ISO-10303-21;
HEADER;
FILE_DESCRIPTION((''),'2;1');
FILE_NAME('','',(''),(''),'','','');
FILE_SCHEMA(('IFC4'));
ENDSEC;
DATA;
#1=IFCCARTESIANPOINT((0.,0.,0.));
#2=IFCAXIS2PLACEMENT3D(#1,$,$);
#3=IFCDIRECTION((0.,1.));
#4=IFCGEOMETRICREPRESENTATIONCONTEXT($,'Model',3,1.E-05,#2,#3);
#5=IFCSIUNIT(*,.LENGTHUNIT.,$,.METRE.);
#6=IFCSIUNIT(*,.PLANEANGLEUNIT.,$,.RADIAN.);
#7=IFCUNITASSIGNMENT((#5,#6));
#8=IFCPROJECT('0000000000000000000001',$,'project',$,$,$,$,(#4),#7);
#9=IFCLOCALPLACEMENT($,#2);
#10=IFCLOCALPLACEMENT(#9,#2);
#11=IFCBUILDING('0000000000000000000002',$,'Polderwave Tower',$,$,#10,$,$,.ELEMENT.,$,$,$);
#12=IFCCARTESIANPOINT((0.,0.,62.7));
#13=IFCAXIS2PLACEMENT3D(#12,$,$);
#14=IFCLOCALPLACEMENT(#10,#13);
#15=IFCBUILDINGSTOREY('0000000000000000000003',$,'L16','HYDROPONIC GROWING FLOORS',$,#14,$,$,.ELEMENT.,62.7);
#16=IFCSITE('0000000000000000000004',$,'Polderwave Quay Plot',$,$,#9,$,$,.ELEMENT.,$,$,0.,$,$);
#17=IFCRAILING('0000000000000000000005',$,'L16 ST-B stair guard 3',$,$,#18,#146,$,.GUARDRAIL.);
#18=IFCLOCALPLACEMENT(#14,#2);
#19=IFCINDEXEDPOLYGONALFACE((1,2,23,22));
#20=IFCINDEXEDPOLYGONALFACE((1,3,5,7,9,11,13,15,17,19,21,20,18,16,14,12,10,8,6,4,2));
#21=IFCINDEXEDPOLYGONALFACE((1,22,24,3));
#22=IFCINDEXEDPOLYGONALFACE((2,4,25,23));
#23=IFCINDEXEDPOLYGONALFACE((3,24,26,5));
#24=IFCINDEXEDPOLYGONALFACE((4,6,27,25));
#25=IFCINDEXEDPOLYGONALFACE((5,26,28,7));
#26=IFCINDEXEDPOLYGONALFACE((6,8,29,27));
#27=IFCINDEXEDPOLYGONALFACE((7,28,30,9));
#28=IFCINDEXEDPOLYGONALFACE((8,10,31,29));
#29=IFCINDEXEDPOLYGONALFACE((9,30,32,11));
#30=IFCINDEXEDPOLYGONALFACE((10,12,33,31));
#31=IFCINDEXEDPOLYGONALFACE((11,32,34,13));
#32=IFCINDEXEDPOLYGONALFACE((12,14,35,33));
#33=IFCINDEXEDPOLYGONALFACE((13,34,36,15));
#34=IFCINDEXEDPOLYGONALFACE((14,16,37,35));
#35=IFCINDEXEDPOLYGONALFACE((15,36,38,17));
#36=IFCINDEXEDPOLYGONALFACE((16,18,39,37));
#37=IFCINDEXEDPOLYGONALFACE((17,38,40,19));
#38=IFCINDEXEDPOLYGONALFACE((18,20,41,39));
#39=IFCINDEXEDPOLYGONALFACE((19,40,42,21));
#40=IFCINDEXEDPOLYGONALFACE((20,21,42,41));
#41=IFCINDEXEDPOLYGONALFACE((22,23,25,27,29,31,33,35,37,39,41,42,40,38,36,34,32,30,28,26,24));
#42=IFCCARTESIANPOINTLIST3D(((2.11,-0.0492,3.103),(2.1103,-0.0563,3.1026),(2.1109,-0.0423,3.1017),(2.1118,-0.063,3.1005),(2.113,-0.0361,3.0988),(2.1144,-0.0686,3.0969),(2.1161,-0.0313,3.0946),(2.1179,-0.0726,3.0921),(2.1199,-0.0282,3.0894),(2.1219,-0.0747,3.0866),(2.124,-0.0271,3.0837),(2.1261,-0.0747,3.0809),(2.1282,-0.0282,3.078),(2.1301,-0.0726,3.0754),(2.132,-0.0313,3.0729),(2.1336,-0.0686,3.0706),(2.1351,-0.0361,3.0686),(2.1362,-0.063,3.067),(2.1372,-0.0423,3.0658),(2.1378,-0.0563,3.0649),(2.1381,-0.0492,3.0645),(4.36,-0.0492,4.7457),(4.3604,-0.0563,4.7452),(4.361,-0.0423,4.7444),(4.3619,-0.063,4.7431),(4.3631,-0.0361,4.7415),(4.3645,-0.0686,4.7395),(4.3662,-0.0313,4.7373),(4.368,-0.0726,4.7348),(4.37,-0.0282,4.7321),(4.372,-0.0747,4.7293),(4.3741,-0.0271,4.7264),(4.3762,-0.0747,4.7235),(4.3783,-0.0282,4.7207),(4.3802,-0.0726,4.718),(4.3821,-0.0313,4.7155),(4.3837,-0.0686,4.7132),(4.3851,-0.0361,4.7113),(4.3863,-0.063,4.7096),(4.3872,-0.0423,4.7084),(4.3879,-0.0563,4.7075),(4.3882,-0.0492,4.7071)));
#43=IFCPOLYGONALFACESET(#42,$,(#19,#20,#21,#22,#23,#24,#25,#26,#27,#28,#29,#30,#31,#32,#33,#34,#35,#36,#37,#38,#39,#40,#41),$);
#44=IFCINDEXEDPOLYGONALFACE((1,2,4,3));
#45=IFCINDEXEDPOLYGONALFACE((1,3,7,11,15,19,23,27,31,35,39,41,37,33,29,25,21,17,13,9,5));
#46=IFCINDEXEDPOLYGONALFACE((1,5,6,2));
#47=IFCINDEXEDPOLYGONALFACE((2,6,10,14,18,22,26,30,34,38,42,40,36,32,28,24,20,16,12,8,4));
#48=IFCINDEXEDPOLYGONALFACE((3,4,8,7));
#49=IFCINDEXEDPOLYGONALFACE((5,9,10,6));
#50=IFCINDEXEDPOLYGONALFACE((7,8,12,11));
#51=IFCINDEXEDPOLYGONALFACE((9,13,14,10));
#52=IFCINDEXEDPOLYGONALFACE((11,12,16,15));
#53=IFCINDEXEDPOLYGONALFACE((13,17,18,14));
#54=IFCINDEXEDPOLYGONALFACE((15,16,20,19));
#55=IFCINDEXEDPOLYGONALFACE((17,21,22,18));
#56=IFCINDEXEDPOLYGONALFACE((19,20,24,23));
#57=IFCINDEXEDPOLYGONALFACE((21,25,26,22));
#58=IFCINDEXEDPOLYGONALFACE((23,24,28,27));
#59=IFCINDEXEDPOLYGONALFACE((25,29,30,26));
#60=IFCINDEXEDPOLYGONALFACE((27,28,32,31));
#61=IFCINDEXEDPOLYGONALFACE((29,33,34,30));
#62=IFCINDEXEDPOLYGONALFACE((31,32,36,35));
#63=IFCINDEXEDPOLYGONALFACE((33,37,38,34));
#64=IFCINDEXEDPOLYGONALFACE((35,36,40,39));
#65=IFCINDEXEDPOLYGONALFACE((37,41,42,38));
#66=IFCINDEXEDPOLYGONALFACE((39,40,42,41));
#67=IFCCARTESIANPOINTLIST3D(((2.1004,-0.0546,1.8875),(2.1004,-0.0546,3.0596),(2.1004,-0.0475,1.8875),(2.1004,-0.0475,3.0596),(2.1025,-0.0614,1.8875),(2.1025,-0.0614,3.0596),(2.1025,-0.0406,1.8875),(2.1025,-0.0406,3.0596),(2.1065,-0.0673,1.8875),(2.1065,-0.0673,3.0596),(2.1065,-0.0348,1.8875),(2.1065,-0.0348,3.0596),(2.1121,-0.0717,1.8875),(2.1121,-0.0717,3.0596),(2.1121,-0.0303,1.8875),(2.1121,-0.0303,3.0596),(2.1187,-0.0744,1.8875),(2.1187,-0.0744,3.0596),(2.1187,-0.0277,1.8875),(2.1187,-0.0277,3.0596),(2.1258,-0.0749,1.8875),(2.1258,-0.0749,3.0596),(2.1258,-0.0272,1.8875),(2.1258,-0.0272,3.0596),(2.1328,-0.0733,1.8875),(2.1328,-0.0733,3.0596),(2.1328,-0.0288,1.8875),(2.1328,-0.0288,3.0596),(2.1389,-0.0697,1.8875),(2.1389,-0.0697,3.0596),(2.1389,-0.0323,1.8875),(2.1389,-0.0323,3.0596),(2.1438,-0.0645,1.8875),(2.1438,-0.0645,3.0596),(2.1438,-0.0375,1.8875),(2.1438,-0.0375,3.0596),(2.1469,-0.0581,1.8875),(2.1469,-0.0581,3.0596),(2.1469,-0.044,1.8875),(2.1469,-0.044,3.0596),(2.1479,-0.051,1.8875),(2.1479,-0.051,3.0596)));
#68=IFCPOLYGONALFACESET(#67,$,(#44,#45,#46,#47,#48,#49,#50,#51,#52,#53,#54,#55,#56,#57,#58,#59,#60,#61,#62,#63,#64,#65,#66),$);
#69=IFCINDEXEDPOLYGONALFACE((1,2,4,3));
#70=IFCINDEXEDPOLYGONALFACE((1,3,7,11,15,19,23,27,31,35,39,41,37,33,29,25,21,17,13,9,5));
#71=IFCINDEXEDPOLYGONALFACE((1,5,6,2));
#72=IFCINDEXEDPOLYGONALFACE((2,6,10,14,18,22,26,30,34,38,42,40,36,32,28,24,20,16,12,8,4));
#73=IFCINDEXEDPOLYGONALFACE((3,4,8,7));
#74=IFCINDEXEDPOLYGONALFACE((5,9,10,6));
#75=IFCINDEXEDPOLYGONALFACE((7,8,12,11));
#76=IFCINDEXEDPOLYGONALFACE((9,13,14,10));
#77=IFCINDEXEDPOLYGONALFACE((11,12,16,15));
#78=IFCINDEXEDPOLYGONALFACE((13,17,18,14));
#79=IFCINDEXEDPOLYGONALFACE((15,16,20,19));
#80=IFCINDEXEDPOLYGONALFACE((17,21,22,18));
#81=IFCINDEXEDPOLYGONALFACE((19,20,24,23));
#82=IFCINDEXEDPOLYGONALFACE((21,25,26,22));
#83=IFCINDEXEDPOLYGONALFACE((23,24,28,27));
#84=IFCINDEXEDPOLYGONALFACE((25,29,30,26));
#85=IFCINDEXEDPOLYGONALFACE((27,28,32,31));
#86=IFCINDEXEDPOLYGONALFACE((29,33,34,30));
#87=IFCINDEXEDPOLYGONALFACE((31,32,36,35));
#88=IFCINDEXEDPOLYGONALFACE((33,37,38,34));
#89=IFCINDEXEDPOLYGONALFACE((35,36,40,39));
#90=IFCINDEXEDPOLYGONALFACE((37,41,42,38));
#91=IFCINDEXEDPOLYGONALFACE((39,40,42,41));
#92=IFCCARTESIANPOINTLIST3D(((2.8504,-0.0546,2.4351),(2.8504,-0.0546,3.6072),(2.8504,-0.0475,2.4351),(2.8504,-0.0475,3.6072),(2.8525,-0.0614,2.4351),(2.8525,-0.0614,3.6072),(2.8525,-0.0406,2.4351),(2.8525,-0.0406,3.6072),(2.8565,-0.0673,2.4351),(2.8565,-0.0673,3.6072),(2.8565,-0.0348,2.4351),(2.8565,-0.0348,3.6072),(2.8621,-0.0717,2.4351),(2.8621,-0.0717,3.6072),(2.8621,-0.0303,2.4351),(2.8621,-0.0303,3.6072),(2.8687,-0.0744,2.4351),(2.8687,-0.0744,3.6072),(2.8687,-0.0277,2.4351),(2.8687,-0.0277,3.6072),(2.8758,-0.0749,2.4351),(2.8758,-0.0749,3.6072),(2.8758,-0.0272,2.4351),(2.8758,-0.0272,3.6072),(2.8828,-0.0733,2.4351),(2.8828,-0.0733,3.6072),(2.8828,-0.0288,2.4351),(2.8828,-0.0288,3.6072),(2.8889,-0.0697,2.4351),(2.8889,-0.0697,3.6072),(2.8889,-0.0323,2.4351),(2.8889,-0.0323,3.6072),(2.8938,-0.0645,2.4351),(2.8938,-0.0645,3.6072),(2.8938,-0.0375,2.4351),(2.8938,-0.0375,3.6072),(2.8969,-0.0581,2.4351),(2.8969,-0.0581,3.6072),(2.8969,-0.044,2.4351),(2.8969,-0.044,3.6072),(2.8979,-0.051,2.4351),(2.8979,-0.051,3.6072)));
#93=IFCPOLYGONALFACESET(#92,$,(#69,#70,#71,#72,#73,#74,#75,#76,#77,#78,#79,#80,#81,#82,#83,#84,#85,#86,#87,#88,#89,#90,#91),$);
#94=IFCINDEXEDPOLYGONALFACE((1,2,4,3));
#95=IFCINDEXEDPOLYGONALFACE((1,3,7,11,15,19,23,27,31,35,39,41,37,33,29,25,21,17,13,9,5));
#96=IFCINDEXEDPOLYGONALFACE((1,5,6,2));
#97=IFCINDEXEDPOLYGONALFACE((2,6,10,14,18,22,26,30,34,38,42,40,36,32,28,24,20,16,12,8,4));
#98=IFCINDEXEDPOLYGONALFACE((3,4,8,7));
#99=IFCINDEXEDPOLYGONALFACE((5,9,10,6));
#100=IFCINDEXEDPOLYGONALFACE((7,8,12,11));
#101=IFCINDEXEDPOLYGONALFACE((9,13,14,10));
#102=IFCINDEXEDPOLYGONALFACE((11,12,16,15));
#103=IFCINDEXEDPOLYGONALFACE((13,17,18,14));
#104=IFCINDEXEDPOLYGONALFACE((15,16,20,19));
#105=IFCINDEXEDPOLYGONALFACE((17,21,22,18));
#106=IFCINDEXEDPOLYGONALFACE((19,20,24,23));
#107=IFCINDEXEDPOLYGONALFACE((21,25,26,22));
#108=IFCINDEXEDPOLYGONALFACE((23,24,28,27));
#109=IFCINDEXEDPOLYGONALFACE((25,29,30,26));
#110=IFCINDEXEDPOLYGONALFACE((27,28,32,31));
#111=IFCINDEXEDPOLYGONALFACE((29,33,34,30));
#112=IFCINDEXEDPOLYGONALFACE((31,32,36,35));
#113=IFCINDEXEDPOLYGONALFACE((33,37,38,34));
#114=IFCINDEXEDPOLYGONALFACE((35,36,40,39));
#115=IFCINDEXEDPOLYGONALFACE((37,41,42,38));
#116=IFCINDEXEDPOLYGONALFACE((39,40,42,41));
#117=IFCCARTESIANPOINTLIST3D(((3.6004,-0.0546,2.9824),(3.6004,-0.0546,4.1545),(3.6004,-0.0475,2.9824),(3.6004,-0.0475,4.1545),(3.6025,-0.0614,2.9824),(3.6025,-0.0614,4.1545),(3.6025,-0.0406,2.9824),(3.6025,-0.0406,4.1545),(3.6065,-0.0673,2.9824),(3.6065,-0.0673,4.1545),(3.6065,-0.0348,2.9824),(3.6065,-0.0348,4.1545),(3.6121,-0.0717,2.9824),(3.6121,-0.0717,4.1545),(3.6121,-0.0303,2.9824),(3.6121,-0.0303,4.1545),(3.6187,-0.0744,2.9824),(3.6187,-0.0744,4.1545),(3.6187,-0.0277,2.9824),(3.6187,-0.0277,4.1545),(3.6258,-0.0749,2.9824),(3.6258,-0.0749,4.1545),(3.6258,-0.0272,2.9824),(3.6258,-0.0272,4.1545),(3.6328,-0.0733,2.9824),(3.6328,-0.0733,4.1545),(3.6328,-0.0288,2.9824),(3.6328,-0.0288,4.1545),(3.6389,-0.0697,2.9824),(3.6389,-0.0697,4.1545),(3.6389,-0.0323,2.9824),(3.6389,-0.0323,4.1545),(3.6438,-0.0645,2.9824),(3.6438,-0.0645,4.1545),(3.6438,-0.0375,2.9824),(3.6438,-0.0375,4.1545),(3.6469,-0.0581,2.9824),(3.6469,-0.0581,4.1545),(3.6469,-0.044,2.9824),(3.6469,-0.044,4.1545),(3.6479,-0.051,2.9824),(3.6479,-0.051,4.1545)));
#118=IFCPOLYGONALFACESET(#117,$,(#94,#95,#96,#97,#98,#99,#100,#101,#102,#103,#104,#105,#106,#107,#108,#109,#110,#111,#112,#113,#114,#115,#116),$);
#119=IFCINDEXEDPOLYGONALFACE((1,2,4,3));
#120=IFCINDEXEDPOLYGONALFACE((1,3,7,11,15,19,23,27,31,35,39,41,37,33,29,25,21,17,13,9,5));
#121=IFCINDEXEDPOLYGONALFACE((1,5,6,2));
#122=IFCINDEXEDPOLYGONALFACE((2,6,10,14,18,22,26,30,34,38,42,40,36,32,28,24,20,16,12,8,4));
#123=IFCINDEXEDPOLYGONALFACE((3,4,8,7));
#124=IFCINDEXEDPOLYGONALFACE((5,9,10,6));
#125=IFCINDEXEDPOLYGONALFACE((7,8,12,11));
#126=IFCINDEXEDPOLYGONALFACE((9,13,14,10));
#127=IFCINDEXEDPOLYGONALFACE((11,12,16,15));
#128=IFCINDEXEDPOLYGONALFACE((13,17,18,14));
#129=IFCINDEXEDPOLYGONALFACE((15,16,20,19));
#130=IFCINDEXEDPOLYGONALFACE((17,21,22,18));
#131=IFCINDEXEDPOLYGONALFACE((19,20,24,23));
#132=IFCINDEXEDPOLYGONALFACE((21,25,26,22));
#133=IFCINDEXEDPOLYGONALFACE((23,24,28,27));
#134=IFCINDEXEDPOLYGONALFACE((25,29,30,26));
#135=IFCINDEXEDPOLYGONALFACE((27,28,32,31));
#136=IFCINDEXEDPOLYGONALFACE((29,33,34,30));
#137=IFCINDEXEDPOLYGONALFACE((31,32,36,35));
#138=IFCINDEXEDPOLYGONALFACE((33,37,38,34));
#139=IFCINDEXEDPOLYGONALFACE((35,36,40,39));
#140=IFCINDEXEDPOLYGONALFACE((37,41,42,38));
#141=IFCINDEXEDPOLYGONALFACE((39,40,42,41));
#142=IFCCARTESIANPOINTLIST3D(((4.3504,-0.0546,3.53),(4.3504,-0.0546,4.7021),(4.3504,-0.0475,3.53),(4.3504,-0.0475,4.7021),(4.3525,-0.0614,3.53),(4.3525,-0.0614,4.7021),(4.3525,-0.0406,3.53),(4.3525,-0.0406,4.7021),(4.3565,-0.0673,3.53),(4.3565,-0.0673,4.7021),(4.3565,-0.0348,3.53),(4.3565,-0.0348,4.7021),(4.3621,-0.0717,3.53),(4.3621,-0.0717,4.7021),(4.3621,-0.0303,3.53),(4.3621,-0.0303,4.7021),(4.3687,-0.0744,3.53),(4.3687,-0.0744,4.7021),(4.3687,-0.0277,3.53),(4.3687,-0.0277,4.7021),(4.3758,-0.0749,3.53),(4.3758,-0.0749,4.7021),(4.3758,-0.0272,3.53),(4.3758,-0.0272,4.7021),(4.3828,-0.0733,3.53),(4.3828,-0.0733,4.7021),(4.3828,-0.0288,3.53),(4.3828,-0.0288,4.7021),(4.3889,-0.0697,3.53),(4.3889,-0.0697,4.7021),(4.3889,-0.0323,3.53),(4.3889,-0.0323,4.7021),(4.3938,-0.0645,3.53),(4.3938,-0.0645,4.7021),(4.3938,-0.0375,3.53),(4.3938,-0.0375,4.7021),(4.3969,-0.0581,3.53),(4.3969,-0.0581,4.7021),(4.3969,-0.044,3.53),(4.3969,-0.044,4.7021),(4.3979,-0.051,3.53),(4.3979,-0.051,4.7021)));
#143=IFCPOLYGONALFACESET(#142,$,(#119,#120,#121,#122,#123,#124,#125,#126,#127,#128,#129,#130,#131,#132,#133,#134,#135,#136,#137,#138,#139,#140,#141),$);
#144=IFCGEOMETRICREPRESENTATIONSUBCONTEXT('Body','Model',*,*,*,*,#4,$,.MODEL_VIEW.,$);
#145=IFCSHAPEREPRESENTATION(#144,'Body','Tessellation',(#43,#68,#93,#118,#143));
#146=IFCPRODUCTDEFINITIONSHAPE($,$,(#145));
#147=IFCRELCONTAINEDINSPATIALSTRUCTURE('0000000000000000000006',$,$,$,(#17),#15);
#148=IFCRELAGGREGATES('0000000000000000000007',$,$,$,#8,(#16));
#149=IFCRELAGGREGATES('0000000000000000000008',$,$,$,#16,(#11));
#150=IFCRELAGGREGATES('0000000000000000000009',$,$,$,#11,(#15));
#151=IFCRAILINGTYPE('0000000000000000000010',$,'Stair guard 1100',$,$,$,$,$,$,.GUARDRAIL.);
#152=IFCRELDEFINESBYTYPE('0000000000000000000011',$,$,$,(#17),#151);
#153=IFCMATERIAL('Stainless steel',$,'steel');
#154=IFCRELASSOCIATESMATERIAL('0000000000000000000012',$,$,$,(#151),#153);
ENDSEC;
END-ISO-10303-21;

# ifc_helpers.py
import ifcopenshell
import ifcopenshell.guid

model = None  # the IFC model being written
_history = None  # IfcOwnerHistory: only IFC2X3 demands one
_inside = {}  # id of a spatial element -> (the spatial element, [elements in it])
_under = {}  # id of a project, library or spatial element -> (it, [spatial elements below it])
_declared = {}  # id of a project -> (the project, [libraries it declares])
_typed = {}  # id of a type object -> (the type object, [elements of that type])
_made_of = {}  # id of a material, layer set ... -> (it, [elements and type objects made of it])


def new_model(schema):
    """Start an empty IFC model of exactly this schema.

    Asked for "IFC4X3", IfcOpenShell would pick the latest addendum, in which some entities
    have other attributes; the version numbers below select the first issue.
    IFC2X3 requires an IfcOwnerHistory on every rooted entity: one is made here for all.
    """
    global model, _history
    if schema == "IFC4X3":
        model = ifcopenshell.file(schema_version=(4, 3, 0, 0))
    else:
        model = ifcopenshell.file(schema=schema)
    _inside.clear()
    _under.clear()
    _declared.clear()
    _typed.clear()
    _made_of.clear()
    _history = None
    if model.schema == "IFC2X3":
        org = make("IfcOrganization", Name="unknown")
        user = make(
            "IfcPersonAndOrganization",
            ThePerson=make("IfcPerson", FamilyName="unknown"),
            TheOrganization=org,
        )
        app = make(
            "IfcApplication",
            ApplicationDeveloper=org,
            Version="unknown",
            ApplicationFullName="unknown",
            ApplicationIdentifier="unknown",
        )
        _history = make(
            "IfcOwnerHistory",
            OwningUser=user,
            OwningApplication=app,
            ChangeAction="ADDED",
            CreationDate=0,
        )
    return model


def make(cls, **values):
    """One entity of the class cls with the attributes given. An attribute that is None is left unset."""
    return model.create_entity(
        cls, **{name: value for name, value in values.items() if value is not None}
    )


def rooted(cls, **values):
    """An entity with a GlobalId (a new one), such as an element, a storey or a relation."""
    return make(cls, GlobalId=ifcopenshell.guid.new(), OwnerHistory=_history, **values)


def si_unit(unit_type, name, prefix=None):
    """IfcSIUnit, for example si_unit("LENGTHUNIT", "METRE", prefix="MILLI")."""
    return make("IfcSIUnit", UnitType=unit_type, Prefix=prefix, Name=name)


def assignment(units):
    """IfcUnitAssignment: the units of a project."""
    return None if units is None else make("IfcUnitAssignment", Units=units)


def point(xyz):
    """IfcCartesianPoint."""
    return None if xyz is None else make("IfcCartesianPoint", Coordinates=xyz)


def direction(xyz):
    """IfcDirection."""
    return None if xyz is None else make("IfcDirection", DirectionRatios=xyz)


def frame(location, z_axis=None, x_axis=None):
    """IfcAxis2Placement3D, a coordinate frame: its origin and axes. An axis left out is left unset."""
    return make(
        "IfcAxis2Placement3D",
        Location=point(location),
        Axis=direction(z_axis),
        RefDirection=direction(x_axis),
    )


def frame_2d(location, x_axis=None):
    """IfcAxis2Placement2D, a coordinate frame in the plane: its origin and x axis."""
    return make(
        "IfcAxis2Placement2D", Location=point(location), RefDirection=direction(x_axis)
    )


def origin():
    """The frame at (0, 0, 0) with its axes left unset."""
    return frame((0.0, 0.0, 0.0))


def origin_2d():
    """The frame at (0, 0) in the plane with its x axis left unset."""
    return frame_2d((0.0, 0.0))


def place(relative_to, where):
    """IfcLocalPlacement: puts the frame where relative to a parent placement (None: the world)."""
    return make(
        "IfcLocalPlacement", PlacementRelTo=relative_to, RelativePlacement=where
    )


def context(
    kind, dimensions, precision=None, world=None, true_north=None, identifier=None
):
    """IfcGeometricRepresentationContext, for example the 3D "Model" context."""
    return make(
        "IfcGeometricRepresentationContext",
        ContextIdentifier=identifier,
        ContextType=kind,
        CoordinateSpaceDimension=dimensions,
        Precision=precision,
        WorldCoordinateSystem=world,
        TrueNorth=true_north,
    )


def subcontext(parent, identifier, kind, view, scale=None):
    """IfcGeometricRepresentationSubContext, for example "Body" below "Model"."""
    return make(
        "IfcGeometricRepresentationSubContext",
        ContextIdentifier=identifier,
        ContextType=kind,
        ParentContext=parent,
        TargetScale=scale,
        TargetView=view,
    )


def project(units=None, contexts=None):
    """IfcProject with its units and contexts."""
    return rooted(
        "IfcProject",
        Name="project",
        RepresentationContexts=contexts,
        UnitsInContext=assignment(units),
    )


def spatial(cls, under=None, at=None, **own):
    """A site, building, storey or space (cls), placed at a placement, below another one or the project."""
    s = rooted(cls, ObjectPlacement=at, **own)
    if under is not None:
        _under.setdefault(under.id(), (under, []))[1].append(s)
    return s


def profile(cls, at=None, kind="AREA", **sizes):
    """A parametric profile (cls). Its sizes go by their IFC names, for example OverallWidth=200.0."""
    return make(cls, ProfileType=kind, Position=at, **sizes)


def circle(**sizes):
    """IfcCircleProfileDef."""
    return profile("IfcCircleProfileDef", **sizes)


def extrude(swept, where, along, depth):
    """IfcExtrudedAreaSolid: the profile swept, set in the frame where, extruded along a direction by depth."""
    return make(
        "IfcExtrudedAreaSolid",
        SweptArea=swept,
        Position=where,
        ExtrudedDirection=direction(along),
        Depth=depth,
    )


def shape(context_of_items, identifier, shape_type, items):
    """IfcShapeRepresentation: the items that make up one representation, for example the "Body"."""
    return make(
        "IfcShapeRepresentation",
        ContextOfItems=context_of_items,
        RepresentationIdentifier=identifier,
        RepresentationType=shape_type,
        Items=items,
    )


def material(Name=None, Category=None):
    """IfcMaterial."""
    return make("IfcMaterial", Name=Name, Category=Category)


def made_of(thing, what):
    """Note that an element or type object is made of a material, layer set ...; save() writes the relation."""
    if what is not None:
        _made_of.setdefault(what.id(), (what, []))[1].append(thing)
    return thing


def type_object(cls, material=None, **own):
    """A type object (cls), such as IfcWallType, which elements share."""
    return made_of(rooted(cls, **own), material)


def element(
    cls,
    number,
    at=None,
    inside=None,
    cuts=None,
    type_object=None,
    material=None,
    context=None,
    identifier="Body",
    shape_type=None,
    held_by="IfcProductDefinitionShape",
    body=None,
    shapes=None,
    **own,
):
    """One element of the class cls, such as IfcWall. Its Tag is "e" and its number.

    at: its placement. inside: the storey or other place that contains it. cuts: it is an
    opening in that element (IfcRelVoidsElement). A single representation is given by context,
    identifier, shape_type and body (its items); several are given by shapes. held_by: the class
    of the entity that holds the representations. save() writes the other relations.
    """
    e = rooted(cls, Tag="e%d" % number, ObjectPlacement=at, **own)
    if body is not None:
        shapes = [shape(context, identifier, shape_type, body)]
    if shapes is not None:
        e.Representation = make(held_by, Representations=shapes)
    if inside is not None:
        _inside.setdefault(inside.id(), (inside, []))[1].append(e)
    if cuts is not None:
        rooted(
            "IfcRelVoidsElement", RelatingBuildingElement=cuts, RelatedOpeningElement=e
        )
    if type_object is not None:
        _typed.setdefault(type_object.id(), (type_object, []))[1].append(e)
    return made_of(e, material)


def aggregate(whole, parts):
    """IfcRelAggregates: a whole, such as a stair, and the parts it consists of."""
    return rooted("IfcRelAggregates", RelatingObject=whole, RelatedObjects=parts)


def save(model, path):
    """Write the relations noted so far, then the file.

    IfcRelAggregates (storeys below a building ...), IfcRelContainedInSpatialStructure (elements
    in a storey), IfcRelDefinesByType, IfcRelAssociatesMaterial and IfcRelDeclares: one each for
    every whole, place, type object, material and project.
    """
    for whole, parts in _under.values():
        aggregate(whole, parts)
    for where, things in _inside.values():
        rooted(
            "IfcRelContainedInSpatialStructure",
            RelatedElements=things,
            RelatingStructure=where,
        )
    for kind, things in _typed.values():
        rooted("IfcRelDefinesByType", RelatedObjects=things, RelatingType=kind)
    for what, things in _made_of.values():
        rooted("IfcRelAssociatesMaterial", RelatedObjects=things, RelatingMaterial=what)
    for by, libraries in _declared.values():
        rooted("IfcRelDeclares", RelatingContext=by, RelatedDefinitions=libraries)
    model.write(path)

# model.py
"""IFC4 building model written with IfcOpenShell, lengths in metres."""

from ifc_helpers import new_model, si_unit, direction, frame, origin, origin_2d, place, context, subcontext, project, spatial, circle, extrude, material, type_object, element, save


model = new_model("IFC4")

# Units and contexts
model_context = context("Model", 3, precision=1e-05, world=origin(), true_north=direction((0.0, 1.0)))
body_context = subcontext(model_context, "Body", "Model", "MODEL_VIEW")
ifc_project = project(units=[si_unit("LENGTHUNIT", "METRE"), si_unit("PLANEANGLEUNIT", "RADIAN")], contexts=[model_context])

# Site, building, storey
site_placement = place(None, origin())
site = spatial("IfcSite", under=ifc_project, at=site_placement, Name="Polderwave Quay Plot", CompositionType="ELEMENT", RefElevation=0.0)
building_placement = place(site_placement, origin())
building = spatial("IfcBuilding", under=site, at=building_placement, Name="Polderwave Tower", CompositionType="ELEMENT")
storey_placement = place(building_placement, frame((0.0, 0.0, 62.7)))
storey = spatial("IfcBuildingStorey", under=building, at=storey_placement, Name="L16", Description="HYDROPONIC GROWING FLOORS", CompositionType="ELEMENT", Elevation=62.7)

# Railing
ifc_material_1 = material(Name="Stainless steel", Category="steel")
railing_type_1 = type_object("IfcRailingType", Name="Stair guard 1100", PredefinedType="GUARDRAIL", material=ifc_material_1)
railing_1_placement = place(storey_placement, frame((2.124, -0.051, 1.8875)))
element("IfcRailing", 1, at=railing_1_placement, inside=storey, type_object=railing_type_1, Name="L16 ST-B stair guard 3", PredefinedType="GUARDRAIL", context=body_context, shape_type="SweptSolid", body=[
    extrude(circle(Radius=0.0239, at=origin_2d()), frame((0.0, 0.0, 1.1963), z_axis=(0.807674, 0.0, 0.58963), x_axis=(0.0, 1.0, 0.0)), (0.0, 0.0, 1.0), 2.7859),
    extrude(circle(Radius=0.0239, at=origin_2d()), origin(), (0.0, 0.0, 1.0), 1.1721),
    extrude(circle(Radius=0.0239, at=origin_2d()), frame((0.75, 0.0, 0.5476)), (0.0, 0.0, 1.0), 1.1721),
    extrude(circle(Radius=0.0239, at=origin_2d()), frame((1.5, 0.0, 1.095)), (0.0, 0.0, 1.0), 1.1721),
    extrude(circle(Radius=0.0239, at=origin_2d()), frame((2.25, 0.0, 1.6426)), (0.0, 0.0, 1.0), 1.1721),
])

save(model, "model.ifc")
